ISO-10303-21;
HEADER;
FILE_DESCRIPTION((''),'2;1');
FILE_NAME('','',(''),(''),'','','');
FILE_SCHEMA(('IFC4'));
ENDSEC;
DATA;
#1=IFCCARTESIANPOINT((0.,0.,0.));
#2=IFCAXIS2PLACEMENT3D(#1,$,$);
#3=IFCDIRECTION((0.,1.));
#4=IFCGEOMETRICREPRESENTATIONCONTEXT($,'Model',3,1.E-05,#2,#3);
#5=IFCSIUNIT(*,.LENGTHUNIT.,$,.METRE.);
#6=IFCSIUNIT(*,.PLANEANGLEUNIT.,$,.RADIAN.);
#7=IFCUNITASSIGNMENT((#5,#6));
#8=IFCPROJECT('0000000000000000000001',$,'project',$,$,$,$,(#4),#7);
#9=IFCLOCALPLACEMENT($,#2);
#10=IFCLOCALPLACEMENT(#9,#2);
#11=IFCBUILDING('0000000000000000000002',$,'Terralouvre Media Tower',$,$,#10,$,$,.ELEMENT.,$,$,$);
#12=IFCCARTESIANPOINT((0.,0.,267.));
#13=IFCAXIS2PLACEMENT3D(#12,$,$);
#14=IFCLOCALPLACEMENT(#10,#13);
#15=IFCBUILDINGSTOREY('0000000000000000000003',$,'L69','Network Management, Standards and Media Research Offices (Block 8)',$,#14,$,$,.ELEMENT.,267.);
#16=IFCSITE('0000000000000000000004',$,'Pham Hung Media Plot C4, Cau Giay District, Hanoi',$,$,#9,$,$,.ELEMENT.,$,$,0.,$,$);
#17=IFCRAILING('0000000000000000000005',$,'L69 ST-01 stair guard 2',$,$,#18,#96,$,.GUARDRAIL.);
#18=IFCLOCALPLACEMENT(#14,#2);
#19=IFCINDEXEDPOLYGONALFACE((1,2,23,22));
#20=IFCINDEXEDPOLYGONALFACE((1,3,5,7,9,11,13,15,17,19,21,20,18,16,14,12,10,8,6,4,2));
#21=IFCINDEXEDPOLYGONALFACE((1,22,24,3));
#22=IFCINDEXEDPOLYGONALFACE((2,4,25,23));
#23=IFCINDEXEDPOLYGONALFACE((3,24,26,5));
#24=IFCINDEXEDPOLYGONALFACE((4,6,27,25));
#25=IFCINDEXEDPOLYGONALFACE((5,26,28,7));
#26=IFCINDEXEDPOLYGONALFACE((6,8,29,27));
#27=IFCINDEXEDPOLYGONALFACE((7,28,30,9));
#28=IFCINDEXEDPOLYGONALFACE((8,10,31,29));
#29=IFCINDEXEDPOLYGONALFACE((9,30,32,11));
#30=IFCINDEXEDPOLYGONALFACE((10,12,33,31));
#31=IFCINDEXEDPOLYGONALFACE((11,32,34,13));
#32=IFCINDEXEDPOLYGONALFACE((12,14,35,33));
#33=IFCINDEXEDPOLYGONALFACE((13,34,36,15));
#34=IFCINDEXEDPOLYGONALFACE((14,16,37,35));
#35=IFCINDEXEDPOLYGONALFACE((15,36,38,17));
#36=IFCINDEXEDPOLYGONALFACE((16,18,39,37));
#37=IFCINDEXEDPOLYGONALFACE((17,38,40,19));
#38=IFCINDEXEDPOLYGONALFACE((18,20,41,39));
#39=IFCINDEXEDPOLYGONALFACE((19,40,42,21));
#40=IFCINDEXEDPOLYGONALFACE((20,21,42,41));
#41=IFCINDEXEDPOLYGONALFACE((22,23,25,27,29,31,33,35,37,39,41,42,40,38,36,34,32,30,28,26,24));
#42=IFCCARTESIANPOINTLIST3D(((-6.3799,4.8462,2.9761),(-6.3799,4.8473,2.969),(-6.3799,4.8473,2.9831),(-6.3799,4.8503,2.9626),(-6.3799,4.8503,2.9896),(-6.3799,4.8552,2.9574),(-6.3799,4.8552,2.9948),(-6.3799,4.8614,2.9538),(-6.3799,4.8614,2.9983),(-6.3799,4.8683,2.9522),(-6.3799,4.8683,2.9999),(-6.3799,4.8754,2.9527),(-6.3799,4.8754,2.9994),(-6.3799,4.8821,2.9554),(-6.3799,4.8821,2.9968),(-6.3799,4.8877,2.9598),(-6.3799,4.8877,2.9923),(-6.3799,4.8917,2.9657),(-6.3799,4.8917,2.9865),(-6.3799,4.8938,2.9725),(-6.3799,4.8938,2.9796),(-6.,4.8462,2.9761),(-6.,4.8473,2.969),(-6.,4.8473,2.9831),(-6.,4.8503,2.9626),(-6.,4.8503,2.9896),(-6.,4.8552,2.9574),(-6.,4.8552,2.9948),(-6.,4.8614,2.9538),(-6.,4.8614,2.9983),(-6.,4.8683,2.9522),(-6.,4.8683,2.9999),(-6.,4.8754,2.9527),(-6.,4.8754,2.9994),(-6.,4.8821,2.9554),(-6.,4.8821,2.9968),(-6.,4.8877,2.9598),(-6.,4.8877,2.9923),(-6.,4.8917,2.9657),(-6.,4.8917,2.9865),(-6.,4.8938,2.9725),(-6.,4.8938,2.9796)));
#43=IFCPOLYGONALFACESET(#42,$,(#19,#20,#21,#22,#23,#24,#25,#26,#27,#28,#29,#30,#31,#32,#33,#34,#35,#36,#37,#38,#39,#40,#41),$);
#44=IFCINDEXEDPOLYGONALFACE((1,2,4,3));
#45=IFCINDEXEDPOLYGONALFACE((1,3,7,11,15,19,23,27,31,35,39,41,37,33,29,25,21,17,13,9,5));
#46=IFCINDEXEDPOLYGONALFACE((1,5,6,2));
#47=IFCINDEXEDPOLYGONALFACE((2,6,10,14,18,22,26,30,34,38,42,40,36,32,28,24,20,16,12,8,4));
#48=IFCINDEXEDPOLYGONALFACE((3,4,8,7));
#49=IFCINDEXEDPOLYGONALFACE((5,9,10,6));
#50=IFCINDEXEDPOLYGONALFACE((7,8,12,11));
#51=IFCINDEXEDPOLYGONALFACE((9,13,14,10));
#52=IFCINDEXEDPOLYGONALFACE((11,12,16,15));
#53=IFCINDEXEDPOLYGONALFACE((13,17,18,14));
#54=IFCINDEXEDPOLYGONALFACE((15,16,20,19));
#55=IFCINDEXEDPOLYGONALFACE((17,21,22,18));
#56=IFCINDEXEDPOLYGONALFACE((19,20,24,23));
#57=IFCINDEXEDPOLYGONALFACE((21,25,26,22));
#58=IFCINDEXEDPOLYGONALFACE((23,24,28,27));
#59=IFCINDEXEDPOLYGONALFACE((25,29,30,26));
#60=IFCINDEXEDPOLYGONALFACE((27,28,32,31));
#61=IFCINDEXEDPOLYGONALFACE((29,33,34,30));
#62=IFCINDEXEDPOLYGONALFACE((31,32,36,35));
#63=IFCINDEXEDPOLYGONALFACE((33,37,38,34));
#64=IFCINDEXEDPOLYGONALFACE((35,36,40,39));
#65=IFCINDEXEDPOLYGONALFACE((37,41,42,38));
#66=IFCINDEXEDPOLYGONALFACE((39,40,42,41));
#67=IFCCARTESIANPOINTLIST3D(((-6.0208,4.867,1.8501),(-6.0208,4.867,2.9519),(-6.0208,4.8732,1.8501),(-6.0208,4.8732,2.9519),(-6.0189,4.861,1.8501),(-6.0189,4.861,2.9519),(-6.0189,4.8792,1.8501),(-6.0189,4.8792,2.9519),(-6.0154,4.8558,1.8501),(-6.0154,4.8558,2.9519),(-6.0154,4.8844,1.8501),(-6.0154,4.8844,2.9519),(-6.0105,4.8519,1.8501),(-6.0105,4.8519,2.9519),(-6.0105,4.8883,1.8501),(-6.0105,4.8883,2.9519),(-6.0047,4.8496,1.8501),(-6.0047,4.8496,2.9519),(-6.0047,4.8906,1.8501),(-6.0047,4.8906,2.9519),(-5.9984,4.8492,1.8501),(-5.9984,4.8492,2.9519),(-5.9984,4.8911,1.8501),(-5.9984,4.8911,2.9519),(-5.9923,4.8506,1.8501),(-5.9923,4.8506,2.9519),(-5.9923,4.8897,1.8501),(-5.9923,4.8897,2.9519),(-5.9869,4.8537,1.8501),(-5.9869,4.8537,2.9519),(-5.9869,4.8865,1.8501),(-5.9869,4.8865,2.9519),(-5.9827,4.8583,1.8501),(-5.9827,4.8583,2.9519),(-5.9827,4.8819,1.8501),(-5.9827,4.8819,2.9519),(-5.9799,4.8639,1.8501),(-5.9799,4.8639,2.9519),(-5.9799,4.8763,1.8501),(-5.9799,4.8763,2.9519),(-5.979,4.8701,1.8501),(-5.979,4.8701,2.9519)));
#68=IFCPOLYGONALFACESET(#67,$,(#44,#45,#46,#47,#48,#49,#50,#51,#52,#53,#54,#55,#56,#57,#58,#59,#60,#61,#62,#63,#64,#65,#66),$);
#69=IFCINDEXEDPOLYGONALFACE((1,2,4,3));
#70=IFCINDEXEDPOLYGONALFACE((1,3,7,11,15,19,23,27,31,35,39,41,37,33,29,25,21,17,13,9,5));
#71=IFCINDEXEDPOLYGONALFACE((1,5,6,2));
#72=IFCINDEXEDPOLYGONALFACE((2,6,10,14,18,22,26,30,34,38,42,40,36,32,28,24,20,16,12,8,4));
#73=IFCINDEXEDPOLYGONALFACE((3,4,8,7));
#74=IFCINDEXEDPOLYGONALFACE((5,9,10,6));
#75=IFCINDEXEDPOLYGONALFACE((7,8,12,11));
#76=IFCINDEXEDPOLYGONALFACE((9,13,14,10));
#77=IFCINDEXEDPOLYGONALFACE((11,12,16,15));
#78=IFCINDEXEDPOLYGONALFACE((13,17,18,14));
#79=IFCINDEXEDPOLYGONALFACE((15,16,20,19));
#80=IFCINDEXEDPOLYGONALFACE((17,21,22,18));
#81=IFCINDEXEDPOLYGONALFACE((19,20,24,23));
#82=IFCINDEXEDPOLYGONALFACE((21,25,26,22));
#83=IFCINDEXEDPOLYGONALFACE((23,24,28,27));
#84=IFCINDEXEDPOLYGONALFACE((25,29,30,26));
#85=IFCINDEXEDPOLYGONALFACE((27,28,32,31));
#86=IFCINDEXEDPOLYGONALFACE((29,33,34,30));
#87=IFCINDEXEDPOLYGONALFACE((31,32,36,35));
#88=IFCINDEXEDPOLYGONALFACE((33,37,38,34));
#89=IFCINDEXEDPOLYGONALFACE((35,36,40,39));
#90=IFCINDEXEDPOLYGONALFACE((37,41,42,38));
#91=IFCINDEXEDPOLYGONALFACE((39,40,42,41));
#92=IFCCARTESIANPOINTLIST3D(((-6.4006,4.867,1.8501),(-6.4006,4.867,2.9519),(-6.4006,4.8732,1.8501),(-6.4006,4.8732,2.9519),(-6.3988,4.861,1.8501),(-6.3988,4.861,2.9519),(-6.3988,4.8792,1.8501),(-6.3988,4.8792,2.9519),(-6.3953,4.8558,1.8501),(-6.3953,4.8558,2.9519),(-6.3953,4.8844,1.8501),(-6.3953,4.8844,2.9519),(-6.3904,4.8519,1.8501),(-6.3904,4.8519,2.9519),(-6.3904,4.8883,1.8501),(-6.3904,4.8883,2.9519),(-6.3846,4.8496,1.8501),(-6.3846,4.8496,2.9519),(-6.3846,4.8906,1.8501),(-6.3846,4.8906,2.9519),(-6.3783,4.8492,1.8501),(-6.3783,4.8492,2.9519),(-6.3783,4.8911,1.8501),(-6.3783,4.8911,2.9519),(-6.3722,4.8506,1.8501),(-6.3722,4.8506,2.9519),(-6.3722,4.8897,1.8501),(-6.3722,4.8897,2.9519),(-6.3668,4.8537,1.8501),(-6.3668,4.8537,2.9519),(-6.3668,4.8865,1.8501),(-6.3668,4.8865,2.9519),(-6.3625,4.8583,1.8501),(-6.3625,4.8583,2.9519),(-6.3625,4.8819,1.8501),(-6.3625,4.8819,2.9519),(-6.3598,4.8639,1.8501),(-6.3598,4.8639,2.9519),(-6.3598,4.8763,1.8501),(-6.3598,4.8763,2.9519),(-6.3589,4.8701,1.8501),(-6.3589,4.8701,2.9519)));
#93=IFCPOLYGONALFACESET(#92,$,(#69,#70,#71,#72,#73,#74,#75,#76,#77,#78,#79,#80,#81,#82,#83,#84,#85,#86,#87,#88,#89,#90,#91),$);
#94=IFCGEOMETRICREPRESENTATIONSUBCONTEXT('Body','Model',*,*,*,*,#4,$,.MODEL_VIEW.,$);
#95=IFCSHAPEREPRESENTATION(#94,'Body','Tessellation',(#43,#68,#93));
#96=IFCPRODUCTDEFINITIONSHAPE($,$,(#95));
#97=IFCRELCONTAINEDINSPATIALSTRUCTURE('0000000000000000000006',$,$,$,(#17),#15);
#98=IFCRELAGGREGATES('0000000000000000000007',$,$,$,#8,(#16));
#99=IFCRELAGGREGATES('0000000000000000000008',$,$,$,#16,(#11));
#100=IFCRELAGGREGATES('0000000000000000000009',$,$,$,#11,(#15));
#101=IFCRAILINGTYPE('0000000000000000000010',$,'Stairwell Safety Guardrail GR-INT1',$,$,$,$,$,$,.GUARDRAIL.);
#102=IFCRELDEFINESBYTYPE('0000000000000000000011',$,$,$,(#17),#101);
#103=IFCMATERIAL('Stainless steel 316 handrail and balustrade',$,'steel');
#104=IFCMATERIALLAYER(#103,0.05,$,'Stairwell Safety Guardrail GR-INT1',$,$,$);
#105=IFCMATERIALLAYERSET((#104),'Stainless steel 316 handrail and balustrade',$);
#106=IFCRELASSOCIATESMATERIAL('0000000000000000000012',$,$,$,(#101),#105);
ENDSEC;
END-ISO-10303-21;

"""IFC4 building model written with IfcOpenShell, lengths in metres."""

from ifc_helpers import new_model, si_unit, direction, frame, origin, origin_2d, place, context, subcontext, project, spatial, circle, extrude, material, layer, layer_set, type_object, element, save


model = new_model("IFC4")

# Units and contexts
model_context = context("Model", 3, precision=1e-05, world=origin(), true_north=direction((0.0, 1.0)))
body_context = subcontext(model_context, "Body", "Model", "MODEL_VIEW")
ifc_project = project(units=[si_unit("LENGTHUNIT", "METRE"), si_unit("PLANEANGLEUNIT", "RADIAN")], contexts=[model_context])

# Site, building, storey
site_placement = place(None, origin())
site = spatial("IfcSite", under=ifc_project, at=site_placement, Name="Pham Hung Media Plot C4, Cau Giay District, Hanoi", CompositionType="ELEMENT", RefElevation=0.0)
building_placement = place(site_placement, origin())
building = spatial("IfcBuilding", under=site, at=building_placement, Name="Terralouvre Media Tower", CompositionType="ELEMENT")
storey_placement = place(building_placement, frame((0.0, 0.0, 267.0)))
storey = spatial("IfcBuildingStorey", under=building, at=storey_placement, Name="L69", Description="Network Management, Standards and Media Research Offices (Block 8)", CompositionType="ELEMENT", Elevation=267.0)

# Railing
ifc_material_1 = material(Name="Stainless steel 316 handrail and balustrade", Category="steel")
ifc_layer_1 = layer(ifc_material_1, 0.05, Name="Stairwell Safety Guardrail GR-INT1")
ifc_layer_set_1 = layer_set([ifc_layer_1], Name="Stainless steel 316 handrail and balustrade")
railing_type_1 = type_object("IfcRailingType", Name="Stairwell Safety Guardrail GR-INT1", PredefinedType="GUARDRAIL", material=ifc_layer_set_1)
railing_1_placement = place(storey_placement, frame((-6.0, 4.8701, 1.8501)))
element("IfcRailing", 1, at=railing_1_placement, inside=storey, type_object=railing_type_1, Name="L69 ST-01 stair guard 2", PredefinedType="GUARDRAIL", context=body_context, shape_type="SweptSolid", body=[
    extrude(circle(Radius=0.0239, at=origin_2d()), frame((0.0, 0.0, 1.126), z_axis=(-1.0, 0.0, 0.0), x_axis=(0.0, -1.0, 0.0)), (0.0, 0.0, 1.0), 0.3799),
    extrude(circle(Radius=0.021, at=origin_2d()), origin(), (0.0, 0.0, 1.0), 1.1018),
    extrude(circle(Radius=0.021, at=origin_2d()), frame((-0.3799, 0.0, 0.0)), (0.0, 0.0, 1.0), 1.1018),
])

save(model, "model.ifc")
